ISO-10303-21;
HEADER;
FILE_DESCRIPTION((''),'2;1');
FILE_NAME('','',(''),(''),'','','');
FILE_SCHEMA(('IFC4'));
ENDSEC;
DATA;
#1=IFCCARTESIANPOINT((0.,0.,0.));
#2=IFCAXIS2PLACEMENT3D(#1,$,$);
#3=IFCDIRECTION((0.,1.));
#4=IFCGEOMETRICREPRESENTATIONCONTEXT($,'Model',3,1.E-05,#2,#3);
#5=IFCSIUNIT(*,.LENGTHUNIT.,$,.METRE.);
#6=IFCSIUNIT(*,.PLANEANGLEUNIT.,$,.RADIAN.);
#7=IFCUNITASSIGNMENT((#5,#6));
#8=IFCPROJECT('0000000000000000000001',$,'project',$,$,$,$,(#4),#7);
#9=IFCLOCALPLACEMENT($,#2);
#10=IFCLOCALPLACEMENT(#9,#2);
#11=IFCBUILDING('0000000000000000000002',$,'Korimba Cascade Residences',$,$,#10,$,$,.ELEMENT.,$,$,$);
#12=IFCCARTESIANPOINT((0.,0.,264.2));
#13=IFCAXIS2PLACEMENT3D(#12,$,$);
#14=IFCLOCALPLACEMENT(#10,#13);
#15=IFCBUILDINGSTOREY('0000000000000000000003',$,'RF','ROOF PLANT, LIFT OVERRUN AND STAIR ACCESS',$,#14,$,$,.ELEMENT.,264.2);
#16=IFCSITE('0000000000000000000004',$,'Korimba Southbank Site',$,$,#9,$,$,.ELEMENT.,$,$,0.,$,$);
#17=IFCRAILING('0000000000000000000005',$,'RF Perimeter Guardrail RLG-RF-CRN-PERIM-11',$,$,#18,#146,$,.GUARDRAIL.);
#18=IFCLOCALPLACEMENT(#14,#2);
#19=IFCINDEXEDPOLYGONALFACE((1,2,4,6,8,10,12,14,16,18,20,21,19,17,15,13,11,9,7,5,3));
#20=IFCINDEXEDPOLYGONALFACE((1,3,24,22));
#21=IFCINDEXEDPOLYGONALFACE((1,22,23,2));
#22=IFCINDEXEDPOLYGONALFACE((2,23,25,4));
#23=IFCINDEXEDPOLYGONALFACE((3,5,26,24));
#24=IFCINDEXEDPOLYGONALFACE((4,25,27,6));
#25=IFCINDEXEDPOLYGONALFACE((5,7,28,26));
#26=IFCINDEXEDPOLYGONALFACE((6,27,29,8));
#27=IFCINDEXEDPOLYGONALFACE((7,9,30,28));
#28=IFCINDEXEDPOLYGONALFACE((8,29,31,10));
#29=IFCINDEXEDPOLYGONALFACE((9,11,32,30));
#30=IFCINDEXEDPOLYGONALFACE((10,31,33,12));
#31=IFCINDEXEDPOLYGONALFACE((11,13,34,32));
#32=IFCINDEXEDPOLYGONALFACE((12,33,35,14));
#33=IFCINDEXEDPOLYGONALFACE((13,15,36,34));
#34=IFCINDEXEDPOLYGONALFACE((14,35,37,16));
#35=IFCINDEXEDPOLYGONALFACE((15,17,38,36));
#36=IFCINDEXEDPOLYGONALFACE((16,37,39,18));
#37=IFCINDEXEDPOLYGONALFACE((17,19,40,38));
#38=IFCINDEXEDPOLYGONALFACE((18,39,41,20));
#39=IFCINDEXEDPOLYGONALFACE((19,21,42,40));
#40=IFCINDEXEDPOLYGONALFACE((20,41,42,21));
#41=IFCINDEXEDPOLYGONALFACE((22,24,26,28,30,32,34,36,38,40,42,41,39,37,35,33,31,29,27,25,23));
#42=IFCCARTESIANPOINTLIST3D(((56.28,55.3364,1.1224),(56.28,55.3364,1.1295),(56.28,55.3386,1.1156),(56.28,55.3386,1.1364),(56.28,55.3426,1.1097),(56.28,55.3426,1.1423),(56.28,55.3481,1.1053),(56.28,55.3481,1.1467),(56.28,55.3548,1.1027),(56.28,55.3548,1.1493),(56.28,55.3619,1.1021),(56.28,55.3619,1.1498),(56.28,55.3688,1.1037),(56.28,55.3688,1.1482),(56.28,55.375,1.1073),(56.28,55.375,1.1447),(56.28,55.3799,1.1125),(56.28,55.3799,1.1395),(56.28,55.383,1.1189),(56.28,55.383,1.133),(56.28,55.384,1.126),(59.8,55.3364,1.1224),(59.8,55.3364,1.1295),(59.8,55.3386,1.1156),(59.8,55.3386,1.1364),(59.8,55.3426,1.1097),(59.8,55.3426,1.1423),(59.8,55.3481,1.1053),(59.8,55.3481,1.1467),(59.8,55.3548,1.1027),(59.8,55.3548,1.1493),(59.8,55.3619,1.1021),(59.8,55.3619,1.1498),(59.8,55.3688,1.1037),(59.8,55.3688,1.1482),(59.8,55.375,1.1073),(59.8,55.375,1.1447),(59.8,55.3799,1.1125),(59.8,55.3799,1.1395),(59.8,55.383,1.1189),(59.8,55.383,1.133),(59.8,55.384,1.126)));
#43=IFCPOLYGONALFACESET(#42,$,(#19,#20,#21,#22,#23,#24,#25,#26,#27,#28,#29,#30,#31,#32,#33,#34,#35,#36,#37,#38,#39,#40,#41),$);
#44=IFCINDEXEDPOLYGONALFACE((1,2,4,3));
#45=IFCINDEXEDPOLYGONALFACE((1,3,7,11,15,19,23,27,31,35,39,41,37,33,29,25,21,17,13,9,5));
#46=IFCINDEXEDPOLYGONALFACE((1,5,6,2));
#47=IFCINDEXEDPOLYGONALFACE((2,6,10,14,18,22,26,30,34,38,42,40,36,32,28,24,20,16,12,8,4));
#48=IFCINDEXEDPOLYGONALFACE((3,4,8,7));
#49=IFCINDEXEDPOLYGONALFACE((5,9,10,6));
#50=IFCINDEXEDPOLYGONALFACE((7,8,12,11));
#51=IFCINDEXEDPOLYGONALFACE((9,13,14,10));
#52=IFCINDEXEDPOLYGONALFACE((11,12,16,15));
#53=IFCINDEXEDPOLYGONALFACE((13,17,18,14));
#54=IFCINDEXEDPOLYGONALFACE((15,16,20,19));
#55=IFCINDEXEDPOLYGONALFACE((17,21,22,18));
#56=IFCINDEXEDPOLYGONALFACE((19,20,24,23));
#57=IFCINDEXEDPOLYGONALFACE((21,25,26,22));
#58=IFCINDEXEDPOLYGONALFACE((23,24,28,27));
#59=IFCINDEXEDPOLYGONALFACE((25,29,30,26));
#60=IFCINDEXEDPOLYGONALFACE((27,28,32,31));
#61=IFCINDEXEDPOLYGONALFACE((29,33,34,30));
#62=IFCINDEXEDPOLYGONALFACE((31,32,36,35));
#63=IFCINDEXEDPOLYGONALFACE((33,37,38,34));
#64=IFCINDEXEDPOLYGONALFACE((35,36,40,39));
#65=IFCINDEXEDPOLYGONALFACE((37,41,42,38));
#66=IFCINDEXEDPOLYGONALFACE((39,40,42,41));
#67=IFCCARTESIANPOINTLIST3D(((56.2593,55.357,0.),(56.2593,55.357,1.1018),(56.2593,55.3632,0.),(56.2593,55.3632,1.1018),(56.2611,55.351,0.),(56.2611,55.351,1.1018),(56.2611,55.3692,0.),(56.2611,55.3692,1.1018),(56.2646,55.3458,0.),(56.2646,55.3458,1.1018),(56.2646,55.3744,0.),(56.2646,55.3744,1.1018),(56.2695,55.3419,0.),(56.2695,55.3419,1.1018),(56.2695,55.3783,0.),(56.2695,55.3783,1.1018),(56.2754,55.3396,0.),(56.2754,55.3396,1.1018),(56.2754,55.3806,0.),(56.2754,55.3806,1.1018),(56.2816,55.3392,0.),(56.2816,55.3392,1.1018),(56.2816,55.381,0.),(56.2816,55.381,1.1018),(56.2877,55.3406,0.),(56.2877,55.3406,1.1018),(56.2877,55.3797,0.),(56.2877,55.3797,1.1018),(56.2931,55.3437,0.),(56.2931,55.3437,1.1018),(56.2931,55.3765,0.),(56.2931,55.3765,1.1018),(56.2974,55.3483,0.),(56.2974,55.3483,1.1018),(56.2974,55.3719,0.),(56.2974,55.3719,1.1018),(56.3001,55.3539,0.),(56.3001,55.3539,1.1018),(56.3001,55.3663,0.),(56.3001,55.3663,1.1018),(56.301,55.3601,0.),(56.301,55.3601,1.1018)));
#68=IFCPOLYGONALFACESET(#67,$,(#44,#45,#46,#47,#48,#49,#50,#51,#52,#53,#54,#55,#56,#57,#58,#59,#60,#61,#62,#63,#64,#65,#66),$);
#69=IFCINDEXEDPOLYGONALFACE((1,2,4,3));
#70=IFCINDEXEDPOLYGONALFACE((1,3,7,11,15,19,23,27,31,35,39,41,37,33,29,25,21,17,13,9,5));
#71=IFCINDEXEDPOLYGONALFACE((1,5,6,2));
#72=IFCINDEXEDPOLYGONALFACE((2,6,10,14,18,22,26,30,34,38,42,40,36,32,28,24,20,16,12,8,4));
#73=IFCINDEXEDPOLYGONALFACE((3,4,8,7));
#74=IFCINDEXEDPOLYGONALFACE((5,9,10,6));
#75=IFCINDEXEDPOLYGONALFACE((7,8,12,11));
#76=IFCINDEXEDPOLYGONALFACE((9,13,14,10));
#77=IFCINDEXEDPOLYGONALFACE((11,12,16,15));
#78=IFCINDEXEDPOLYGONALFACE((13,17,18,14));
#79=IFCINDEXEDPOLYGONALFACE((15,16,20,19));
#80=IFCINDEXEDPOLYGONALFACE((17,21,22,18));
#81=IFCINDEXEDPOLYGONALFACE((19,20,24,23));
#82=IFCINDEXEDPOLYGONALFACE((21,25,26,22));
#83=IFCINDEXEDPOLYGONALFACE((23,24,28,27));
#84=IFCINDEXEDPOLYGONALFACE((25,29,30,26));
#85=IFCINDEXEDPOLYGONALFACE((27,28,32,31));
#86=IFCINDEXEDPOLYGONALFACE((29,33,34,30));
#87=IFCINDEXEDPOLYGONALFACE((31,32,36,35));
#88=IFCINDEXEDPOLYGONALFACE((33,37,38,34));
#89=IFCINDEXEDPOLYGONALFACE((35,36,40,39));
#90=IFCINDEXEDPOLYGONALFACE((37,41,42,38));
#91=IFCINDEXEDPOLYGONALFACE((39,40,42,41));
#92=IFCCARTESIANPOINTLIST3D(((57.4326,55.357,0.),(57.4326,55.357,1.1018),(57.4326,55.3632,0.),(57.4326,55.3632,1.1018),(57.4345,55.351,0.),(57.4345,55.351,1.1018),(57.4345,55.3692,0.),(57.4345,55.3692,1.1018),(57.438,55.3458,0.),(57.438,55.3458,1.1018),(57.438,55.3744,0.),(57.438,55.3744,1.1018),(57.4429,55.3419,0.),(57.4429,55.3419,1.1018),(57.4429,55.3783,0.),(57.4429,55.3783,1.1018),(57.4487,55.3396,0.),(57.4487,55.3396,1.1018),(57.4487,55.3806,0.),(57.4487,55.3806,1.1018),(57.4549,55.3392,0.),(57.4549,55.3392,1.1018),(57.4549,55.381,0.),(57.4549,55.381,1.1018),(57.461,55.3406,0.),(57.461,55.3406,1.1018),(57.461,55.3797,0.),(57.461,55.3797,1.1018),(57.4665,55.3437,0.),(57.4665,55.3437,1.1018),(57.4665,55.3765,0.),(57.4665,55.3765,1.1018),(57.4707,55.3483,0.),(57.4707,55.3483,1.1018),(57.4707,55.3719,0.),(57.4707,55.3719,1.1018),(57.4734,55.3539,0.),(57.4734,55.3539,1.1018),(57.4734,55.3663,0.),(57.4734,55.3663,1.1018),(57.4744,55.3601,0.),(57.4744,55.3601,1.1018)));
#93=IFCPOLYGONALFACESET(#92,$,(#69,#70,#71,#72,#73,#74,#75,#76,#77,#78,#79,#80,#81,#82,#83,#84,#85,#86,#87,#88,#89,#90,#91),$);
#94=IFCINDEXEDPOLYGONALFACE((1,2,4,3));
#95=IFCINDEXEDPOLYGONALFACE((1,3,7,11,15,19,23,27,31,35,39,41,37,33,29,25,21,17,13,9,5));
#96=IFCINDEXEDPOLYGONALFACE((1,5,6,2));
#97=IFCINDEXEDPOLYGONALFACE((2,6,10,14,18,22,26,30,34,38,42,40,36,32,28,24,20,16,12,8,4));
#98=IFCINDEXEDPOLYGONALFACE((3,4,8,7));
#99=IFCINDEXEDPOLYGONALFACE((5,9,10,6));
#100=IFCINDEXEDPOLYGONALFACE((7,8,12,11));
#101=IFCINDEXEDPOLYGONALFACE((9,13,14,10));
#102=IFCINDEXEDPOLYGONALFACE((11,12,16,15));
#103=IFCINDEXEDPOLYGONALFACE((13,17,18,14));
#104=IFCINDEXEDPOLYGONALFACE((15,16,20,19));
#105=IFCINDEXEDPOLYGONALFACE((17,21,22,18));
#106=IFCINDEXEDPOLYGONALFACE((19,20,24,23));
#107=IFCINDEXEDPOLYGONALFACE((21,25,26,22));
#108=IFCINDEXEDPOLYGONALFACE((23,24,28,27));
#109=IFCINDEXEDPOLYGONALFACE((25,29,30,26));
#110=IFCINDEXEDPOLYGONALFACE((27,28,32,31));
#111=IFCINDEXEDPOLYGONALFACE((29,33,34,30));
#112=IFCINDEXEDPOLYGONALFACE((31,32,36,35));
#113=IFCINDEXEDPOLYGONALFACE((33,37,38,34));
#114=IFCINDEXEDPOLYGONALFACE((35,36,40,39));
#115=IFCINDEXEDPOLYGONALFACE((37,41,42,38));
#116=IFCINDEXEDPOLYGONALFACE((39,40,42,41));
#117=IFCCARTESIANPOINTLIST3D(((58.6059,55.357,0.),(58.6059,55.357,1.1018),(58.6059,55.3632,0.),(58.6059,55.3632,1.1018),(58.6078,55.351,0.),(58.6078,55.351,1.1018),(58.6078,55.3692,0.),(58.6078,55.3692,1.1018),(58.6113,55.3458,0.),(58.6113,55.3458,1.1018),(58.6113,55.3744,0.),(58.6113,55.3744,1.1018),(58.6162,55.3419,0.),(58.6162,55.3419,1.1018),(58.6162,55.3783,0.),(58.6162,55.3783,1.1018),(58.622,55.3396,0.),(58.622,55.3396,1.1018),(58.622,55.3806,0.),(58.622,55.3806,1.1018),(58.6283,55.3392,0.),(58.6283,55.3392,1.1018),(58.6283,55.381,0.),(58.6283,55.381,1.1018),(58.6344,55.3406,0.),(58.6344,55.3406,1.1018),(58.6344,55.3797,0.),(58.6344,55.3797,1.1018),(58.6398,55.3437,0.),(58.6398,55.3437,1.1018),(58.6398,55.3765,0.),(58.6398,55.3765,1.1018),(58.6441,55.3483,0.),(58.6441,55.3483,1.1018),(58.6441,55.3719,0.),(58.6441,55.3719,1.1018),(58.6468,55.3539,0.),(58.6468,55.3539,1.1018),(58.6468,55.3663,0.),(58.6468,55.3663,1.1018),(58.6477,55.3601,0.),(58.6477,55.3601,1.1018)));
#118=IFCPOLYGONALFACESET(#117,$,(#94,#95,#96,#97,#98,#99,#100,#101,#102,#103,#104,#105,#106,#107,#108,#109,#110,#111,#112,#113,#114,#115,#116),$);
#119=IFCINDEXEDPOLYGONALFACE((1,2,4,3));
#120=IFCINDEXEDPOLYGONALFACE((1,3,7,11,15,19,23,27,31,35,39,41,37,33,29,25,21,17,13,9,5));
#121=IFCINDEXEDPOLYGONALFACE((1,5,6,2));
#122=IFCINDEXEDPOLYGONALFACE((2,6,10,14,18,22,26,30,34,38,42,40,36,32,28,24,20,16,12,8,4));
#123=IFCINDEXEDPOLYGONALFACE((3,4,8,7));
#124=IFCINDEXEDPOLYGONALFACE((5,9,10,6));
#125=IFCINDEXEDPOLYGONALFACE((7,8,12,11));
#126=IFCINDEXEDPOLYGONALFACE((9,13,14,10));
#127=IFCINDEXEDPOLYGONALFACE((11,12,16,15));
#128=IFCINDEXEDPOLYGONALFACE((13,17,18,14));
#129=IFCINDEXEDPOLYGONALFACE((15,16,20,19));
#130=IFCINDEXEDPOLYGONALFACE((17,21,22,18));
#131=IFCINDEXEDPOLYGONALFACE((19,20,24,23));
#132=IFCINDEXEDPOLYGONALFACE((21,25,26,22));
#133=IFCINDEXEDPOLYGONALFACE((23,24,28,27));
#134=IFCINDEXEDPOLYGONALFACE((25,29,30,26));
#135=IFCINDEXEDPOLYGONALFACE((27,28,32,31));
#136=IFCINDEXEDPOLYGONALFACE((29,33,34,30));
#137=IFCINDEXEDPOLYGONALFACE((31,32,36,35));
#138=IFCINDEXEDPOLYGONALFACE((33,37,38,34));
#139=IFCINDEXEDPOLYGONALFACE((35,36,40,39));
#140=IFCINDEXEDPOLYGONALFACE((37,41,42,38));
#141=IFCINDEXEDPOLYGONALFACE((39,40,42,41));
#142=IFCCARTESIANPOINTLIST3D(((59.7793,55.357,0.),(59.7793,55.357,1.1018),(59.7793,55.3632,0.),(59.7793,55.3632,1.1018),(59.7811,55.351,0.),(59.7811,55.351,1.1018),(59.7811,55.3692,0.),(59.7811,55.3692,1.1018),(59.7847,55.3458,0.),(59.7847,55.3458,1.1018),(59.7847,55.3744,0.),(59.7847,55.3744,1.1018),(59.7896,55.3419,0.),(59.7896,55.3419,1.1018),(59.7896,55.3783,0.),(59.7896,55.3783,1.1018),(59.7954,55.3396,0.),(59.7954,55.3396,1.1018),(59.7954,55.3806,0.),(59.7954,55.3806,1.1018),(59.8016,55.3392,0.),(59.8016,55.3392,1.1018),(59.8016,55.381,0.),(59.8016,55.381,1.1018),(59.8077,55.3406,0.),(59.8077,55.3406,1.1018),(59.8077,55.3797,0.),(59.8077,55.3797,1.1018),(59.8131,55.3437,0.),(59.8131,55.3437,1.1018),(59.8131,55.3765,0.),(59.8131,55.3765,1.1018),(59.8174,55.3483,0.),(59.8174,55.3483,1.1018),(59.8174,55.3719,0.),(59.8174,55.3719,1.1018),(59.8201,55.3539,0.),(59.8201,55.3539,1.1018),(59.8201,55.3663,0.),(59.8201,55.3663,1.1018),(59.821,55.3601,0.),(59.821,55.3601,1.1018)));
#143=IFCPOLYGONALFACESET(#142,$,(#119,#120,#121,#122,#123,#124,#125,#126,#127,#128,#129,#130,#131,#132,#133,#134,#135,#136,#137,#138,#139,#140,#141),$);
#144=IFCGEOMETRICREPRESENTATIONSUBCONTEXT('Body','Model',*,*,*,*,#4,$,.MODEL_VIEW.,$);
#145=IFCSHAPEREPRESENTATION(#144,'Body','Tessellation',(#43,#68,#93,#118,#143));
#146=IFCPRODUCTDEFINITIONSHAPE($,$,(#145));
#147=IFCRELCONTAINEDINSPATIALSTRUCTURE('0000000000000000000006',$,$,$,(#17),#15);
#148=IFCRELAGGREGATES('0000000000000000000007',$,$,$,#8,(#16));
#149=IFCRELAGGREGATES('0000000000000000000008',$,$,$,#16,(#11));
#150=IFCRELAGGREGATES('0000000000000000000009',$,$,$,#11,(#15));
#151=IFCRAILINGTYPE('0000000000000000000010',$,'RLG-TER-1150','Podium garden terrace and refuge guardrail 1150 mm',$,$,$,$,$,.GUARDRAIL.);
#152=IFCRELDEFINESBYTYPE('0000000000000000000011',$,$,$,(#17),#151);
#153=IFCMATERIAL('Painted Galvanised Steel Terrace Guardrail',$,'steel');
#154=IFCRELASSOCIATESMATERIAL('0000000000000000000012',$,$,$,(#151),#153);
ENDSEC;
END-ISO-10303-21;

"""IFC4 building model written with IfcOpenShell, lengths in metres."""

from ifc_helpers import new_model, si_unit, direction, frame, origin, origin_2d, place, context, subcontext, project, spatial, circle, extrude, material, type_object, element, save


model = new_model("IFC4")

# Units and contexts
model_context = context("Model", 3, precision=1e-05, world=origin(), true_north=direction((0.0, 1.0)))
body_context = subcontext(model_context, "Body", "Model", "MODEL_VIEW")
ifc_project = project(units=[si_unit("LENGTHUNIT", "METRE"), si_unit("PLANEANGLEUNIT", "RADIAN")], contexts=[model_context])

# Site, building, storey
site_placement = place(None, origin())
site = spatial("IfcSite", under=ifc_project, at=site_placement, Name="Korimba Southbank Site", CompositionType="ELEMENT", RefElevation=0.0)
building_placement = place(site_placement, origin())
building = spatial("IfcBuilding", under=site, at=building_placement, Name="Korimba Cascade Residences", CompositionType="ELEMENT")
storey_placement = place(building_placement, frame((0.0, 0.0, 264.2)))
storey = spatial("IfcBuildingStorey", under=building, at=storey_placement, Name="RF", Description="ROOF PLANT, LIFT OVERRUN AND STAIR ACCESS", CompositionType="ELEMENT", Elevation=264.2)

# Railing
ifc_material_1 = material(Name="Painted Galvanised Steel Terrace Guardrail", Category="steel")
railing_type = type_object("IfcRailingType", Name="RLG-TER-1150", Description="Podium garden terrace and refuge guardrail 1150 mm", PredefinedType="GUARDRAIL", material=ifc_material_1)
railing_1_placement = place(storey_placement, frame((56.28, 55.3601, 0.0)))
element("IfcRailing", 1, at=railing_1_placement, inside=storey, type_object=railing_type, Name="RF Perimeter Guardrail RLG-RF-CRN-PERIM-11", PredefinedType="GUARDRAIL", context=body_context, shape_type="SweptSolid", body=[
    extrude(circle(Radius=0.0239, at=origin_2d()), frame((0.0, 0.0, 1.126), z_axis=(1.0, 0.0, 0.0), x_axis=(0.0, 1.0, 0.0)), (0.0, 0.0, 1.0), 3.52),
    extrude(circle(Radius=0.021, at=origin_2d()), origin(), (0.0, 0.0, 1.0), 1.1018),
    extrude(circle(Radius=0.021, at=origin_2d()), frame((1.1733, 0.0, 0.0)), (0.0, 0.0, 1.0), 1.1018),
    extrude(circle(Radius=0.021, at=origin_2d()), frame((2.3467, 0.0, 0.0)), (0.0, 0.0, 1.0), 1.1018),
    extrude(circle(Radius=0.021, at=origin_2d()), frame((3.52, 0.0, 0.0)), (0.0, 0.0, 1.0), 1.1018),
])

save(model, "model.ifc")
